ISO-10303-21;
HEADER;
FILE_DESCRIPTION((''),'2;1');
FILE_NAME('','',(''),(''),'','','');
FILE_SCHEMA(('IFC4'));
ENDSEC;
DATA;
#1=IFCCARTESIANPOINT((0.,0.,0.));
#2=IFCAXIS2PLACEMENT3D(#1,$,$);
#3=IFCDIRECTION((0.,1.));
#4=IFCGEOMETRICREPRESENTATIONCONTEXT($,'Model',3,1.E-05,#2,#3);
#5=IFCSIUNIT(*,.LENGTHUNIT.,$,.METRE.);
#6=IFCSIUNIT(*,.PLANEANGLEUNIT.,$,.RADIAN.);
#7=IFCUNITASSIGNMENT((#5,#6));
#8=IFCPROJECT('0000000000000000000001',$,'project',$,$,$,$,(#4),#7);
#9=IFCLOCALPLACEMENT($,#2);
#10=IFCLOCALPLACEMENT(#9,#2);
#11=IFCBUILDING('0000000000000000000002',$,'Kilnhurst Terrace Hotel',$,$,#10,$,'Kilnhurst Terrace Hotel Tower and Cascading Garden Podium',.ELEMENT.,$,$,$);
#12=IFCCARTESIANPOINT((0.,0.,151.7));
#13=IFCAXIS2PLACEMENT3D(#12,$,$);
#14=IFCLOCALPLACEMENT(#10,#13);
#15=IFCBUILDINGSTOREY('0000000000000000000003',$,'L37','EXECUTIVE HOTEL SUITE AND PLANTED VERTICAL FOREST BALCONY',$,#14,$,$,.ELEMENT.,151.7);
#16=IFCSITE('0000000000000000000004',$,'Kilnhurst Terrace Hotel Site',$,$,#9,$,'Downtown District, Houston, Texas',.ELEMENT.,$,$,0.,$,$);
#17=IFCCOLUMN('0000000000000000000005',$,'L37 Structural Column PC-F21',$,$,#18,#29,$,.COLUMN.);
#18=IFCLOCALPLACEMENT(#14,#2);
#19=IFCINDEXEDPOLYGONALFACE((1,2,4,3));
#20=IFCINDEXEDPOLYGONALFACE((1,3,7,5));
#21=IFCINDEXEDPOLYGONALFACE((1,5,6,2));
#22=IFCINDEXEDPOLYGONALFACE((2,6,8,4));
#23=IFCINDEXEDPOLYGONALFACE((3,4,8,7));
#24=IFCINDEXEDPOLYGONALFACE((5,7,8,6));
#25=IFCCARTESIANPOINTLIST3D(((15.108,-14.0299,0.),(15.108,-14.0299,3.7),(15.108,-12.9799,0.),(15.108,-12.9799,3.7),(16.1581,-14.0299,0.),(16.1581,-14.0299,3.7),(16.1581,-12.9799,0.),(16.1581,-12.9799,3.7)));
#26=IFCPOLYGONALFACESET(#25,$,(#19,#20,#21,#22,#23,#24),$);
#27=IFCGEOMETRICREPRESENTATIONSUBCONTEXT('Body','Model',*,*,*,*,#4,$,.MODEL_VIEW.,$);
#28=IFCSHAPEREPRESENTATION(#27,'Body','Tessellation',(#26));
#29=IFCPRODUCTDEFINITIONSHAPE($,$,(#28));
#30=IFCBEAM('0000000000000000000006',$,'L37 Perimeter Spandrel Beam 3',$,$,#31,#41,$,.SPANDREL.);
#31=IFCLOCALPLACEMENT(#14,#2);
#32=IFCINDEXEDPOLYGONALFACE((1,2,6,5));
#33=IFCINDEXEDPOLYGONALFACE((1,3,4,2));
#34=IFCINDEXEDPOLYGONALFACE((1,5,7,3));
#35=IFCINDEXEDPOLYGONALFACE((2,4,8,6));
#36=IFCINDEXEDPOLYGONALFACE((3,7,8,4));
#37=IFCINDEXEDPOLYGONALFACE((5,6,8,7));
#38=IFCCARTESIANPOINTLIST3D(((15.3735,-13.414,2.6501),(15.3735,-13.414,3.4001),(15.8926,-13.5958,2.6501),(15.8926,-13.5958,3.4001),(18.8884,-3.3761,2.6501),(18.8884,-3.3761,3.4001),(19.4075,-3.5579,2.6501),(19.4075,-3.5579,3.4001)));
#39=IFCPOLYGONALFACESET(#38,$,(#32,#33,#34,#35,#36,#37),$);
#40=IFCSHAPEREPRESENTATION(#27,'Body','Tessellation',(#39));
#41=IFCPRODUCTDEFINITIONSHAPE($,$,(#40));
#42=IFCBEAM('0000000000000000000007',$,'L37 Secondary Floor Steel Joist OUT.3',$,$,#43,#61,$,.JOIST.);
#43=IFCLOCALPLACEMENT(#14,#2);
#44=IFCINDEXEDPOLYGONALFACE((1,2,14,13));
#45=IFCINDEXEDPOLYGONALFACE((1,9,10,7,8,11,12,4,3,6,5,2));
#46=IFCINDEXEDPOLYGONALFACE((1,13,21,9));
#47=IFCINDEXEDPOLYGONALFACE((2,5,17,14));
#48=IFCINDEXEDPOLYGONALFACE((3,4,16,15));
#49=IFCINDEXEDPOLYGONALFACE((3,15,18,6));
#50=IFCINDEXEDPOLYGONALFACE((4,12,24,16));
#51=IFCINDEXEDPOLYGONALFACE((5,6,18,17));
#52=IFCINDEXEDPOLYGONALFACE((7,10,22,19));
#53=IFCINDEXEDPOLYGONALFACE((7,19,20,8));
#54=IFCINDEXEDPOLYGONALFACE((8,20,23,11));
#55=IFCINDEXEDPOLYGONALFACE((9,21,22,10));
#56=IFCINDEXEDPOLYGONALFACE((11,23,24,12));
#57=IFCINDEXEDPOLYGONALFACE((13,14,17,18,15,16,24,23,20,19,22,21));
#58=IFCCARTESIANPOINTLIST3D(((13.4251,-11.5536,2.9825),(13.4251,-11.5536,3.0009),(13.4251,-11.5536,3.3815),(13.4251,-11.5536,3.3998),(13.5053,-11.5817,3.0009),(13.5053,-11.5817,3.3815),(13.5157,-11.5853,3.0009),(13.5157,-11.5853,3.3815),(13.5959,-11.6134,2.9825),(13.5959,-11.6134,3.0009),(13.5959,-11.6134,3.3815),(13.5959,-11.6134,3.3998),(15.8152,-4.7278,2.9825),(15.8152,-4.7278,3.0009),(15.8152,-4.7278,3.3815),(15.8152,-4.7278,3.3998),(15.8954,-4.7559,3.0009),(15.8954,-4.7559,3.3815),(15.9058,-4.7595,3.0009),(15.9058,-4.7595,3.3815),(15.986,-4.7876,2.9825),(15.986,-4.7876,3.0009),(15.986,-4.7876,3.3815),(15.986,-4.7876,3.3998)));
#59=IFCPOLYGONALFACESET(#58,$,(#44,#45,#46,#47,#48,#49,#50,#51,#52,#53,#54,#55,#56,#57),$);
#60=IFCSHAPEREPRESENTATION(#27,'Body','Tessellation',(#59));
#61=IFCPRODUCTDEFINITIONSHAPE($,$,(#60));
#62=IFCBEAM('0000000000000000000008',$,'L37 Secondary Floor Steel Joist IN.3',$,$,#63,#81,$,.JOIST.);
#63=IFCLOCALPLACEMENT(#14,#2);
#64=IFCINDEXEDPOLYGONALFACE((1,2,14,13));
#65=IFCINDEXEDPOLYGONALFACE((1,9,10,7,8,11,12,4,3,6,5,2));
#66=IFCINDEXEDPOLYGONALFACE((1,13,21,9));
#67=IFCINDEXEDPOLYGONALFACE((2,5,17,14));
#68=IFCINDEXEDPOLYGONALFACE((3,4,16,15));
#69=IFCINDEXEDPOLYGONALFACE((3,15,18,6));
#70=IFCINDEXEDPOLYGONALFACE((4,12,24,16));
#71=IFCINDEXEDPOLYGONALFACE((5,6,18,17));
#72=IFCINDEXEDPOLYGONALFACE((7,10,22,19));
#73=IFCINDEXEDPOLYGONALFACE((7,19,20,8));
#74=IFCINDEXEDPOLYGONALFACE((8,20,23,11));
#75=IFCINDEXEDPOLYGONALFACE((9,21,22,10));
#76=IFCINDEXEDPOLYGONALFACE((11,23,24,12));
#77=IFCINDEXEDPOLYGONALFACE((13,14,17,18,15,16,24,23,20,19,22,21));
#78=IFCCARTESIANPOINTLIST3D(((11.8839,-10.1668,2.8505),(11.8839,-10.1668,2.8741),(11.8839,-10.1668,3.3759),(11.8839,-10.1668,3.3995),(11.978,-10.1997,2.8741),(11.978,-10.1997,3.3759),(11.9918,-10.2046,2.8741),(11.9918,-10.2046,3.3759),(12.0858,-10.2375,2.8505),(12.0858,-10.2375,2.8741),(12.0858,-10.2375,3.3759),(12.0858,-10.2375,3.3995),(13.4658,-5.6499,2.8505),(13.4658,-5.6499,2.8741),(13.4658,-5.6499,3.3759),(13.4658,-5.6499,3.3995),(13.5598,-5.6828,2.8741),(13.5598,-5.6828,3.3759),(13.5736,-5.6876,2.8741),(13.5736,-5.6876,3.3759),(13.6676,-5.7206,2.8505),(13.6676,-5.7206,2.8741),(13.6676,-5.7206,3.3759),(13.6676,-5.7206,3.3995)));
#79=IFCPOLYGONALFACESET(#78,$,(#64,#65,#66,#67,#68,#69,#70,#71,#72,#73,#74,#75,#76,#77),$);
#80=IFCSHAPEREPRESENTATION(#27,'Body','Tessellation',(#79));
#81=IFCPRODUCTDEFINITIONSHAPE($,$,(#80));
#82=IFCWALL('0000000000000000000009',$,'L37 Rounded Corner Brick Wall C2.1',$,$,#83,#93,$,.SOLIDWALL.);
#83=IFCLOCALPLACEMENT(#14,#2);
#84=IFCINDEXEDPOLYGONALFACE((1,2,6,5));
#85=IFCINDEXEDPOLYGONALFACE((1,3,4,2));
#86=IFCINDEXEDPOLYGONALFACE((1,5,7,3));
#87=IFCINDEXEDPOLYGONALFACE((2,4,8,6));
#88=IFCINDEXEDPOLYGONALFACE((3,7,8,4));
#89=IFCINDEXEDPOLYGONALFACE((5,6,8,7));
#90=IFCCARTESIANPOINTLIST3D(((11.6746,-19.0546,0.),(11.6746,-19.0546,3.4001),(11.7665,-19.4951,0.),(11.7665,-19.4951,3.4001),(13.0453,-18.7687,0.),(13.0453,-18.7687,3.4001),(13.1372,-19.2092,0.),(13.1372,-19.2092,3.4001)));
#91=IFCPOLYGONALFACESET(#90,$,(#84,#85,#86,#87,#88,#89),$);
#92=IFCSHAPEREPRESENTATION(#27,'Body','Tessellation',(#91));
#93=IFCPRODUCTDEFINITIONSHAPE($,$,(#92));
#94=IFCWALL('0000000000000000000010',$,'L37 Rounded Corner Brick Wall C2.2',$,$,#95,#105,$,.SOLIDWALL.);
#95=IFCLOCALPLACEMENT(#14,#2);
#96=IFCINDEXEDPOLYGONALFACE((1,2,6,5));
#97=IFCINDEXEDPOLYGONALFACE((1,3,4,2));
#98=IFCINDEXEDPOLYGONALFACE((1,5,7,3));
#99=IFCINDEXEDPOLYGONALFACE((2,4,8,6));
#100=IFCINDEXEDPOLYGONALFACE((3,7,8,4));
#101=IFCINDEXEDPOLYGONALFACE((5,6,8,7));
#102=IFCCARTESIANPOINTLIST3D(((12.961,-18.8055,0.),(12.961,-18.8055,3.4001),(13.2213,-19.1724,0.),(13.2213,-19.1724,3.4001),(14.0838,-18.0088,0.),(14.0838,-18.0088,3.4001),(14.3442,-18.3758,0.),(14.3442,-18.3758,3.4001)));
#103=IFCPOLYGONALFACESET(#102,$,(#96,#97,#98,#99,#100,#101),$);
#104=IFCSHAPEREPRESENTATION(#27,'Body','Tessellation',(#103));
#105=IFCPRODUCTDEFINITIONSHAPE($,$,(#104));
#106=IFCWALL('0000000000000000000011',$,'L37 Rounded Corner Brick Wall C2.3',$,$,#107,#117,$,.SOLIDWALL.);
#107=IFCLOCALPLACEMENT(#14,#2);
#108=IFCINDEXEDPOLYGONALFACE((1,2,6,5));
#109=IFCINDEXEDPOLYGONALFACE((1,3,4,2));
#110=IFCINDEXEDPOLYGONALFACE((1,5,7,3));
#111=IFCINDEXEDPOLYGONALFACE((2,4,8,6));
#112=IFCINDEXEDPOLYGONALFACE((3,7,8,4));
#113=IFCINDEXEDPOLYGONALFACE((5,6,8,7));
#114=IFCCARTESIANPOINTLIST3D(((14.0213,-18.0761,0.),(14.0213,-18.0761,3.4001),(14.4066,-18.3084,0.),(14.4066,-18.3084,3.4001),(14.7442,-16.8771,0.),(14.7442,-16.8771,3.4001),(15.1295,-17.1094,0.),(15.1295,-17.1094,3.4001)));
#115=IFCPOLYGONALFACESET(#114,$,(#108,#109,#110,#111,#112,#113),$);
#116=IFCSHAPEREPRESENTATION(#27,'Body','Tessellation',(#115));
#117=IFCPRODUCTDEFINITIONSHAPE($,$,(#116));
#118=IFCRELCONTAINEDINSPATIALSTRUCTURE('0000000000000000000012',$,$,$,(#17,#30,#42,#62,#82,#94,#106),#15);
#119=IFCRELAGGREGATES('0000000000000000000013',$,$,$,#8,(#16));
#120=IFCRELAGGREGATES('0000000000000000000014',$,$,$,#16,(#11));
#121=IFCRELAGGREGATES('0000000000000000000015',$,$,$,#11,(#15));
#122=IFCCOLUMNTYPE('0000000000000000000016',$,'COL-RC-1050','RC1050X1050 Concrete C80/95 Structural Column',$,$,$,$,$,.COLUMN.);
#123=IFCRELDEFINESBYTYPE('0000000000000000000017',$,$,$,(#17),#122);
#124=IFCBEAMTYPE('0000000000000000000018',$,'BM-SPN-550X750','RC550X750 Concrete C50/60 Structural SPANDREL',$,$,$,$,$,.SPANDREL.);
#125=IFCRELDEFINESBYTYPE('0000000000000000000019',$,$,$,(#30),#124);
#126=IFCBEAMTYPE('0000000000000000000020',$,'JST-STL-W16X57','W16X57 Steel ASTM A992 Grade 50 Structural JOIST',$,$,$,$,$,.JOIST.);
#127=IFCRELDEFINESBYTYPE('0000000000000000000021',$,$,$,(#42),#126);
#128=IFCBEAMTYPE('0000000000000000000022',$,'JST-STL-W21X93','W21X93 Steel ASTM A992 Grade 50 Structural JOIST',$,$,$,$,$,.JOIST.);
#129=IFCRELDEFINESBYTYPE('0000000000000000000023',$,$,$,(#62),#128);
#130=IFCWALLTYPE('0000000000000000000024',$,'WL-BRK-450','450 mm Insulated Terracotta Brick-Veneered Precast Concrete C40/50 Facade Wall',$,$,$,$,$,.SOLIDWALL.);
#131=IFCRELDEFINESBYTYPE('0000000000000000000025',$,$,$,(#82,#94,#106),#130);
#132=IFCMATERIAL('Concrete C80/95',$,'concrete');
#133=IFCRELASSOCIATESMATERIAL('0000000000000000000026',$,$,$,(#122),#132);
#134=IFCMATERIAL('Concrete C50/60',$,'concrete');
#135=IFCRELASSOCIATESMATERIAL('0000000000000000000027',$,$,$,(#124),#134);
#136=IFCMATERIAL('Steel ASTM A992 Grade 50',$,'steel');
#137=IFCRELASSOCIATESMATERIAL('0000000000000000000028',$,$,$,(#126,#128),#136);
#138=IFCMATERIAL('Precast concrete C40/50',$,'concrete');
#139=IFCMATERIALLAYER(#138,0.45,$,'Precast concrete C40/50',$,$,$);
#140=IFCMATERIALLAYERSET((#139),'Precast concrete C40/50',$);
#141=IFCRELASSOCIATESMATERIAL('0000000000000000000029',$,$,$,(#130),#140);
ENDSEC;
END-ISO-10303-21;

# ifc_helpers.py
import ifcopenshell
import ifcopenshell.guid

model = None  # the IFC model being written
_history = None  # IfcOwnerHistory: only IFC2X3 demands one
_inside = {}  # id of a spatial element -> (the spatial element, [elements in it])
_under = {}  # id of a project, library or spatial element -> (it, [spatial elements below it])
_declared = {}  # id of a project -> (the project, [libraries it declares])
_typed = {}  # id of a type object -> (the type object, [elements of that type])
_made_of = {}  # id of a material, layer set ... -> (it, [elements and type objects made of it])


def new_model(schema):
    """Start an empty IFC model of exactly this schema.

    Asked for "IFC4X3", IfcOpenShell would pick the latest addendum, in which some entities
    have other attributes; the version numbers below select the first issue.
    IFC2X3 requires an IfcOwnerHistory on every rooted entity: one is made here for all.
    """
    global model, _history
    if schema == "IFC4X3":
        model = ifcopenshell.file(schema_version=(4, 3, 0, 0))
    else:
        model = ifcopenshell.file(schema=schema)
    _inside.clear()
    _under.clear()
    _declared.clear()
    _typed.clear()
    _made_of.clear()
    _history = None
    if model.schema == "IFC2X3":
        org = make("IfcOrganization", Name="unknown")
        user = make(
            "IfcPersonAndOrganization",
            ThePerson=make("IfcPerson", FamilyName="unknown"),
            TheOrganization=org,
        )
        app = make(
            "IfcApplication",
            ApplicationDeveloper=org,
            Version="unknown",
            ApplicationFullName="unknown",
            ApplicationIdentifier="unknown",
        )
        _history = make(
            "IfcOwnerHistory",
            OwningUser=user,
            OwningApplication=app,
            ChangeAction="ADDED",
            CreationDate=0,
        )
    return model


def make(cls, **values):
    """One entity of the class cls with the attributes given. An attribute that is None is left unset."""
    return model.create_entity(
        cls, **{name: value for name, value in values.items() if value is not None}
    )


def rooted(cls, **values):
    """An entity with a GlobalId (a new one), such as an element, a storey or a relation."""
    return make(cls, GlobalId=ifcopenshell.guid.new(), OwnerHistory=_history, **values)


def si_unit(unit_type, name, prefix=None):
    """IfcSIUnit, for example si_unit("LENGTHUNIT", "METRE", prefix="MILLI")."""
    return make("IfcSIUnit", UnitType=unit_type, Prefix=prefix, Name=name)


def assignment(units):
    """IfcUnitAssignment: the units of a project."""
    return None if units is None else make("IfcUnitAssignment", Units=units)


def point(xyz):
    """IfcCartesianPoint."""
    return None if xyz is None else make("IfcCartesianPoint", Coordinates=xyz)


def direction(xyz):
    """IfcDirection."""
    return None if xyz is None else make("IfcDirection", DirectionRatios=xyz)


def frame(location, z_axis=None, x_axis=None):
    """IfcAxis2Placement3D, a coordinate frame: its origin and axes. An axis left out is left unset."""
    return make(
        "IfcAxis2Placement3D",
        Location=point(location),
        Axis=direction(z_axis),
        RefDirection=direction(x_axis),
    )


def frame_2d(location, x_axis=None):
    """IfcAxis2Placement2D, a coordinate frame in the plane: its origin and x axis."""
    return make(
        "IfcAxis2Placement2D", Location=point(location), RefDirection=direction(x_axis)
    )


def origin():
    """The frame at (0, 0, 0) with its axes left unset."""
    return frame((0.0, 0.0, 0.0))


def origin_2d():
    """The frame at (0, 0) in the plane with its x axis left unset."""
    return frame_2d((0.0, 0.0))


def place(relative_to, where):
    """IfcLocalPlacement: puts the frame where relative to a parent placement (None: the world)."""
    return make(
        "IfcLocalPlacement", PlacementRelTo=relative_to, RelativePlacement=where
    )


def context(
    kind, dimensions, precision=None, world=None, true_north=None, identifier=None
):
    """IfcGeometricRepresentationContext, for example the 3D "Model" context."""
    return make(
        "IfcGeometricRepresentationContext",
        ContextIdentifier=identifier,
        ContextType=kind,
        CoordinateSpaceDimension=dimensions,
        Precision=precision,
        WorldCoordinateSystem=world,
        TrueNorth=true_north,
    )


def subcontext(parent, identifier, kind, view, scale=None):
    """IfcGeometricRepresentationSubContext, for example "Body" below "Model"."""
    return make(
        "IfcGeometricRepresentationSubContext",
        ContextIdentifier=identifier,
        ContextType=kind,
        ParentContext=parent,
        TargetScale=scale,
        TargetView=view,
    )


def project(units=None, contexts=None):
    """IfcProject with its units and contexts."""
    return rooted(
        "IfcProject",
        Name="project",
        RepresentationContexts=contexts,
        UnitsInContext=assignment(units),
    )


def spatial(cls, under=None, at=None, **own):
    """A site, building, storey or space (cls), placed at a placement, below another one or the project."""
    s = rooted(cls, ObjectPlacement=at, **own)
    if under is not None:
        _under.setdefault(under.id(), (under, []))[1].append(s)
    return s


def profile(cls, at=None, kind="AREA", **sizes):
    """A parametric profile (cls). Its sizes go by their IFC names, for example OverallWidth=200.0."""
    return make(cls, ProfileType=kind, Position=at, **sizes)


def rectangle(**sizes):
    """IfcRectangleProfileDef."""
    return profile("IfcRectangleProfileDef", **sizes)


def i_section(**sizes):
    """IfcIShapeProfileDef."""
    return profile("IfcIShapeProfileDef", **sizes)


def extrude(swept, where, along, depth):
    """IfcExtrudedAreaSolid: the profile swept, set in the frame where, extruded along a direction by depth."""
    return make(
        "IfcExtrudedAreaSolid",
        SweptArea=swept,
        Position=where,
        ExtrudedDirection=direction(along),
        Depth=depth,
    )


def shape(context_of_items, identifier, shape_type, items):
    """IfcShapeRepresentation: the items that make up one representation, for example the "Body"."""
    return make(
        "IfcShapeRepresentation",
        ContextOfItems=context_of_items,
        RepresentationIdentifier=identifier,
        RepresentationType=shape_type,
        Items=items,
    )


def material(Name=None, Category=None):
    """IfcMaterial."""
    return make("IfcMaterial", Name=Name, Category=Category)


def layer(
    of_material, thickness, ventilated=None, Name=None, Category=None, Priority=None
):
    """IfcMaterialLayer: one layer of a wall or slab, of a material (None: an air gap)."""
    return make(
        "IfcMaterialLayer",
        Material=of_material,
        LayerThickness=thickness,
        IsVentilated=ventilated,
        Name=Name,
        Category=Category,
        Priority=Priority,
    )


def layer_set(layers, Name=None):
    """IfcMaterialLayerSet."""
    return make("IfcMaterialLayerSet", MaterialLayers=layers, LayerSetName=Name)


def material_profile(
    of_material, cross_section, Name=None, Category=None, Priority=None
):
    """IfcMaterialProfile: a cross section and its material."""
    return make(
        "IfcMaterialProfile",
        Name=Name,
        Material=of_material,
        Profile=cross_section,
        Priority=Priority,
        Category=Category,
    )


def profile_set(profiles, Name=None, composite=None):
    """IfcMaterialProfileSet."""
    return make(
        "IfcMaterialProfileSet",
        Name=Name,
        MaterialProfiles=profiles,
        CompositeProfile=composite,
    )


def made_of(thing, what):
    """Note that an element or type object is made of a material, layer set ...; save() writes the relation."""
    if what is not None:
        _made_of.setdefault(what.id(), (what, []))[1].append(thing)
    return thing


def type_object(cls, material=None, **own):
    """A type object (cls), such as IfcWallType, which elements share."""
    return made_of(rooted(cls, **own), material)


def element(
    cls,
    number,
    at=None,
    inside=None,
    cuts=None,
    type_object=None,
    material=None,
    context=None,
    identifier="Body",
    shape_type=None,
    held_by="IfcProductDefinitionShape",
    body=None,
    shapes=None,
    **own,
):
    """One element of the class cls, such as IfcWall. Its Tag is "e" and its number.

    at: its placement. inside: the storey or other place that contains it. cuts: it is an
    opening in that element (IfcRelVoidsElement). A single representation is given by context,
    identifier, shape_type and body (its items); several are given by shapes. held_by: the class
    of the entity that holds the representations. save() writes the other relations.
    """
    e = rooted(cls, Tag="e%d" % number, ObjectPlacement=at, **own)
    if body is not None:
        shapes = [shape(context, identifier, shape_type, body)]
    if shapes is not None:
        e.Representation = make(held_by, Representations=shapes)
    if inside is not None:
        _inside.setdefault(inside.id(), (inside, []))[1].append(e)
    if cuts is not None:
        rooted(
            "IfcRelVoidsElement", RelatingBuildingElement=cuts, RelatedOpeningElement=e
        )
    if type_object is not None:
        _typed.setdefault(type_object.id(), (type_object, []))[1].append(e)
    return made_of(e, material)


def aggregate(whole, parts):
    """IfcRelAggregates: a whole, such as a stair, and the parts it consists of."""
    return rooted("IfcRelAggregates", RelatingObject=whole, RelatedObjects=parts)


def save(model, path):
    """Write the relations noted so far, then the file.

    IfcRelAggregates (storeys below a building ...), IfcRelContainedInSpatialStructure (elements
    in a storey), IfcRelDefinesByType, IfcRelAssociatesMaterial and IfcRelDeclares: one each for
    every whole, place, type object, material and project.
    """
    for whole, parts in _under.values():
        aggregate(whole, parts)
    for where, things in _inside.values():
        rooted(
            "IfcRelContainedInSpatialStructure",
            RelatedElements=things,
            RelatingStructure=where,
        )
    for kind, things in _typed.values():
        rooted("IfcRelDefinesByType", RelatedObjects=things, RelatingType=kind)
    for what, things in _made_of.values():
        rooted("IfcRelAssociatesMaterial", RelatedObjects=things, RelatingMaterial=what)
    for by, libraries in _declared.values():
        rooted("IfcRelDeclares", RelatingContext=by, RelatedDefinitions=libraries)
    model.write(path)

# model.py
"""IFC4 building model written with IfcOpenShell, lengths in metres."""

from ifc_helpers import new_model, si_unit, direction, frame, frame_2d, origin, origin_2d, place, context, subcontext, project, spatial, rectangle, i_section, extrude, material, layer, layer_set, material_profile, profile_set, type_object, element, save


model = new_model("IFC4")

# Units and contexts
model_context = context("Model", 3, precision=1e-05, world=origin(), true_north=direction((0.0, 1.0)))
body_context = subcontext(model_context, "Body", "Model", "MODEL_VIEW")
ifc_project = project(units=[si_unit("LENGTHUNIT", "METRE"), si_unit("PLANEANGLEUNIT", "RADIAN")], contexts=[model_context])

# Site, building, storey
site_placement = place(None, origin())
site = spatial("IfcSite", under=ifc_project, at=site_placement, Name="Kilnhurst Terrace Hotel Site", LongName="Downtown District, Houston, Texas", CompositionType="ELEMENT", RefElevation=0.0)
building_placement = place(site_placement, origin())
building = spatial("IfcBuilding", under=site, at=building_placement, Name="Kilnhurst Terrace Hotel", LongName="Kilnhurst Terrace Hotel Tower and Cascading Garden Podium", CompositionType="ELEMENT")
storey_placement = place(building_placement, frame((0.0, 0.0, 151.7)))
storey = spatial("IfcBuildingStorey", under=building, at=storey_placement, Name="L37", Description="EXECUTIVE HOTEL SUITE AND PLANTED VERTICAL FOREST BALCONY", CompositionType="ELEMENT", Elevation=151.7)

# Column
ifc_material_1 = material(Name="Concrete C80/95", Category="concrete")
ifc_material_profile_1 = material_profile(ifc_material_1, rectangle(XDim=1.05, YDim=1.05, at=origin_2d()), Name="RC1050X1050")
ifc_profile_set_1 = profile_set([ifc_material_profile_1], Name="Concrete C80/95")
column_type = type_object("IfcColumnType", Name="COL-RC-1050", Description="RC1050X1050 Concrete C80/95 Structural Column", PredefinedType="COLUMN", material=ifc_profile_set_1)
column_placement = place(storey_placement, frame((15.6331, -13.5049, 0.0), z_axis=(0.0, 0.0, 1.0), x_axis=(1.0, 0.0, 0.0)))
element("IfcColumn", 1, at=column_placement, inside=storey, type_object=column_type, Name="L37 Structural Column PC-F21", PredefinedType="COLUMN", context=body_context, shape_type="SweptSolid", body=[
    extrude(rectangle(XDim=1.05, YDim=1.05, at=origin_2d()), origin(), (0.0, 0.0, 1.0), 3.7),
])

# Beams
ifc_material_2 = material(Name="Concrete C50/60", Category="concrete")
ifc_material_profile_2 = material_profile(ifc_material_2, rectangle(XDim=0.55, YDim=0.75, at=origin_2d()), Name="RC550X750")
ifc_profile_set_2 = profile_set([ifc_material_profile_2], Name="Concrete C50/60")
beam_type_1 = type_object("IfcBeamType", Name="BM-SPN-550X750", Description="RC550X750 Concrete C50/60 Structural SPANDREL", PredefinedType="SPANDREL", material=ifc_profile_set_2)
beam_1_placement = place(storey_placement, frame((15.6331, -13.5049, 3.0251), z_axis=(0.330488, 0.94381, 0.0), x_axis=(-0.94381, 0.330488, 0.0)))
element("IfcBeam", 2, at=beam_1_placement, inside=storey, type_object=beam_type_1, Name="L37 Perimeter Spandrel Beam 3", PredefinedType="SPANDREL", context=body_context, shape_type="SweptSolid", body=[
    extrude(rectangle(XDim=0.55, YDim=0.75, at=origin_2d()), origin(), (0.0, 0.0, 1.0), 10.6355),
])
ifc_material_3 = material(Name="Steel ASTM A992 Grade 50", Category="steel")
ifc_material_profile_3 = material_profile(ifc_material_3, i_section(OverallWidth=0.1809, OverallDepth=0.4172, WebThickness=0.011, FlangeThickness=0.0183, at=origin_2d()), Name="W16X57")
ifc_profile_set_3 = profile_set([ifc_material_profile_3], Name="Steel ASTM A992 Grade 50")
beam_type_2 = type_object("IfcBeamType", Name="JST-STL-W16X57", Description="W16X57 Steel ASTM A992 Grade 50 Structural JOIST", PredefinedType="JOIST", material=ifc_profile_set_3)
beam_2_placement = place(storey_placement, frame((13.5105, -11.5835, 3.1912), z_axis=(0.330481, 0.943813, 0.0), x_axis=(-0.943813, 0.330481, 0.0)))
element("IfcBeam", 3, at=beam_2_placement, inside=storey, type_object=beam_type_2, Name="L37 Secondary Floor Steel Joist OUT.3", PredefinedType="JOIST", context=body_context, shape_type="SweptSolid", body=[
    extrude(i_section(OverallWidth=0.1809, OverallDepth=0.4172, WebThickness=0.011, FlangeThickness=0.0183, at=origin_2d()), origin(), (0.0, 0.0, 1.0), 7.2322),
])
ifc_material_profile_4 = material_profile(ifc_material_3, i_section(OverallWidth=0.2139, OverallDepth=0.5491, WebThickness=0.0146, FlangeThickness=0.0237, at=origin_2d()), Name="W21X93")
ifc_profile_set_4 = profile_set([ifc_material_profile_4], Name="Steel ASTM A992 Grade 50")
beam_type_3 = type_object("IfcBeamType", Name="JST-STL-W21X93", Description="W21X93 Steel ASTM A992 Grade 50 Structural JOIST", PredefinedType="JOIST", material=ifc_profile_set_4)
beam_3_placement = place(storey_placement, frame((11.9849, -10.2021, 3.125), z_axis=(0.330516, 0.9438, 0.0), x_axis=(-0.9438, 0.330516, 0.0)))
element("IfcBeam", 4, at=beam_3_placement, inside=storey, type_object=beam_type_3, Name="L37 Secondary Floor Steel Joist IN.3", PredefinedType="JOIST", context=body_context, shape_type="SweptSolid", body=[
    extrude(i_section(OverallWidth=0.2139, OverallDepth=0.5491, WebThickness=0.0146, FlangeThickness=0.0237, at=origin_2d()), origin(), (0.0, 0.0, 1.0), 4.7859),
])

# Walls
ifc_material_4 = material(Name="Precast concrete C40/50", Category="concrete")
ifc_layer_1 = layer(ifc_material_4, 0.45, Name="Precast concrete C40/50")
ifc_layer_set_1 = layer_set([ifc_layer_1], Name="Precast concrete C40/50")
wall_type_1 = type_object("IfcWallType", Name="WL-BRK-450", Description="450 mm Insulated Terracotta Brick-Veneered Precast Concrete C40/50 Facade Wall", PredefinedType="SOLIDWALL", material=ifc_layer_set_1)
wall_1_placement = place(storey_placement, frame((11.7205, -19.2749, 0.0), z_axis=(0.0, 0.0, 1.0), x_axis=(0.978931, 0.204191, 0.0)))
element("IfcWall", 5, at=wall_1_placement, inside=storey, type_object=wall_type_1, Name="L37 Rounded Corner Brick Wall C2.1", PredefinedType="SOLIDWALL", context=body_context, shape_type="SweptSolid", body=[
    extrude(rectangle(XDim=1.4001, YDim=0.45, at=frame_2d((0.7002, 0.0))), origin(), (0.0, 0.0, 1.0), 3.4001),
])
wall_2_placement = place(storey_placement, frame((13.0911, -18.989, 0.0), z_axis=(0.0, 0.0, 1.0), x_axis=(0.815575, 0.578652, 0.0)))
element("IfcWall", 6, at=wall_2_placement, inside=storey, type_object=wall_type_1, Name="L37 Rounded Corner Brick Wall C2.2", PredefinedType="SOLIDWALL", context=body_context, shape_type="SweptSolid", body=[
    extrude(rectangle(XDim=1.3767, YDim=0.45, at=frame_2d((0.6885, 0.0))), origin(), (0.0, 0.0, 1.0), 3.4001),
])
wall_3_placement = place(storey_placement, frame((14.2139, -18.1924, 0.0), z_axis=(0.0, 0.0, 1.0), x_axis=(0.516341, 0.856383, 0.0)))
element("IfcWall", 7, at=wall_3_placement, inside=storey, type_object=wall_type_1, Name="L37 Rounded Corner Brick Wall C2.3", PredefinedType="SOLIDWALL", context=body_context, shape_type="SweptSolid", body=[
    extrude(rectangle(XDim=1.4001, YDim=0.45, at=frame_2d((0.7002, 0.0))), origin(), (0.0, 0.0, 1.0), 3.4001),
])

save(model, "model.ifc")
